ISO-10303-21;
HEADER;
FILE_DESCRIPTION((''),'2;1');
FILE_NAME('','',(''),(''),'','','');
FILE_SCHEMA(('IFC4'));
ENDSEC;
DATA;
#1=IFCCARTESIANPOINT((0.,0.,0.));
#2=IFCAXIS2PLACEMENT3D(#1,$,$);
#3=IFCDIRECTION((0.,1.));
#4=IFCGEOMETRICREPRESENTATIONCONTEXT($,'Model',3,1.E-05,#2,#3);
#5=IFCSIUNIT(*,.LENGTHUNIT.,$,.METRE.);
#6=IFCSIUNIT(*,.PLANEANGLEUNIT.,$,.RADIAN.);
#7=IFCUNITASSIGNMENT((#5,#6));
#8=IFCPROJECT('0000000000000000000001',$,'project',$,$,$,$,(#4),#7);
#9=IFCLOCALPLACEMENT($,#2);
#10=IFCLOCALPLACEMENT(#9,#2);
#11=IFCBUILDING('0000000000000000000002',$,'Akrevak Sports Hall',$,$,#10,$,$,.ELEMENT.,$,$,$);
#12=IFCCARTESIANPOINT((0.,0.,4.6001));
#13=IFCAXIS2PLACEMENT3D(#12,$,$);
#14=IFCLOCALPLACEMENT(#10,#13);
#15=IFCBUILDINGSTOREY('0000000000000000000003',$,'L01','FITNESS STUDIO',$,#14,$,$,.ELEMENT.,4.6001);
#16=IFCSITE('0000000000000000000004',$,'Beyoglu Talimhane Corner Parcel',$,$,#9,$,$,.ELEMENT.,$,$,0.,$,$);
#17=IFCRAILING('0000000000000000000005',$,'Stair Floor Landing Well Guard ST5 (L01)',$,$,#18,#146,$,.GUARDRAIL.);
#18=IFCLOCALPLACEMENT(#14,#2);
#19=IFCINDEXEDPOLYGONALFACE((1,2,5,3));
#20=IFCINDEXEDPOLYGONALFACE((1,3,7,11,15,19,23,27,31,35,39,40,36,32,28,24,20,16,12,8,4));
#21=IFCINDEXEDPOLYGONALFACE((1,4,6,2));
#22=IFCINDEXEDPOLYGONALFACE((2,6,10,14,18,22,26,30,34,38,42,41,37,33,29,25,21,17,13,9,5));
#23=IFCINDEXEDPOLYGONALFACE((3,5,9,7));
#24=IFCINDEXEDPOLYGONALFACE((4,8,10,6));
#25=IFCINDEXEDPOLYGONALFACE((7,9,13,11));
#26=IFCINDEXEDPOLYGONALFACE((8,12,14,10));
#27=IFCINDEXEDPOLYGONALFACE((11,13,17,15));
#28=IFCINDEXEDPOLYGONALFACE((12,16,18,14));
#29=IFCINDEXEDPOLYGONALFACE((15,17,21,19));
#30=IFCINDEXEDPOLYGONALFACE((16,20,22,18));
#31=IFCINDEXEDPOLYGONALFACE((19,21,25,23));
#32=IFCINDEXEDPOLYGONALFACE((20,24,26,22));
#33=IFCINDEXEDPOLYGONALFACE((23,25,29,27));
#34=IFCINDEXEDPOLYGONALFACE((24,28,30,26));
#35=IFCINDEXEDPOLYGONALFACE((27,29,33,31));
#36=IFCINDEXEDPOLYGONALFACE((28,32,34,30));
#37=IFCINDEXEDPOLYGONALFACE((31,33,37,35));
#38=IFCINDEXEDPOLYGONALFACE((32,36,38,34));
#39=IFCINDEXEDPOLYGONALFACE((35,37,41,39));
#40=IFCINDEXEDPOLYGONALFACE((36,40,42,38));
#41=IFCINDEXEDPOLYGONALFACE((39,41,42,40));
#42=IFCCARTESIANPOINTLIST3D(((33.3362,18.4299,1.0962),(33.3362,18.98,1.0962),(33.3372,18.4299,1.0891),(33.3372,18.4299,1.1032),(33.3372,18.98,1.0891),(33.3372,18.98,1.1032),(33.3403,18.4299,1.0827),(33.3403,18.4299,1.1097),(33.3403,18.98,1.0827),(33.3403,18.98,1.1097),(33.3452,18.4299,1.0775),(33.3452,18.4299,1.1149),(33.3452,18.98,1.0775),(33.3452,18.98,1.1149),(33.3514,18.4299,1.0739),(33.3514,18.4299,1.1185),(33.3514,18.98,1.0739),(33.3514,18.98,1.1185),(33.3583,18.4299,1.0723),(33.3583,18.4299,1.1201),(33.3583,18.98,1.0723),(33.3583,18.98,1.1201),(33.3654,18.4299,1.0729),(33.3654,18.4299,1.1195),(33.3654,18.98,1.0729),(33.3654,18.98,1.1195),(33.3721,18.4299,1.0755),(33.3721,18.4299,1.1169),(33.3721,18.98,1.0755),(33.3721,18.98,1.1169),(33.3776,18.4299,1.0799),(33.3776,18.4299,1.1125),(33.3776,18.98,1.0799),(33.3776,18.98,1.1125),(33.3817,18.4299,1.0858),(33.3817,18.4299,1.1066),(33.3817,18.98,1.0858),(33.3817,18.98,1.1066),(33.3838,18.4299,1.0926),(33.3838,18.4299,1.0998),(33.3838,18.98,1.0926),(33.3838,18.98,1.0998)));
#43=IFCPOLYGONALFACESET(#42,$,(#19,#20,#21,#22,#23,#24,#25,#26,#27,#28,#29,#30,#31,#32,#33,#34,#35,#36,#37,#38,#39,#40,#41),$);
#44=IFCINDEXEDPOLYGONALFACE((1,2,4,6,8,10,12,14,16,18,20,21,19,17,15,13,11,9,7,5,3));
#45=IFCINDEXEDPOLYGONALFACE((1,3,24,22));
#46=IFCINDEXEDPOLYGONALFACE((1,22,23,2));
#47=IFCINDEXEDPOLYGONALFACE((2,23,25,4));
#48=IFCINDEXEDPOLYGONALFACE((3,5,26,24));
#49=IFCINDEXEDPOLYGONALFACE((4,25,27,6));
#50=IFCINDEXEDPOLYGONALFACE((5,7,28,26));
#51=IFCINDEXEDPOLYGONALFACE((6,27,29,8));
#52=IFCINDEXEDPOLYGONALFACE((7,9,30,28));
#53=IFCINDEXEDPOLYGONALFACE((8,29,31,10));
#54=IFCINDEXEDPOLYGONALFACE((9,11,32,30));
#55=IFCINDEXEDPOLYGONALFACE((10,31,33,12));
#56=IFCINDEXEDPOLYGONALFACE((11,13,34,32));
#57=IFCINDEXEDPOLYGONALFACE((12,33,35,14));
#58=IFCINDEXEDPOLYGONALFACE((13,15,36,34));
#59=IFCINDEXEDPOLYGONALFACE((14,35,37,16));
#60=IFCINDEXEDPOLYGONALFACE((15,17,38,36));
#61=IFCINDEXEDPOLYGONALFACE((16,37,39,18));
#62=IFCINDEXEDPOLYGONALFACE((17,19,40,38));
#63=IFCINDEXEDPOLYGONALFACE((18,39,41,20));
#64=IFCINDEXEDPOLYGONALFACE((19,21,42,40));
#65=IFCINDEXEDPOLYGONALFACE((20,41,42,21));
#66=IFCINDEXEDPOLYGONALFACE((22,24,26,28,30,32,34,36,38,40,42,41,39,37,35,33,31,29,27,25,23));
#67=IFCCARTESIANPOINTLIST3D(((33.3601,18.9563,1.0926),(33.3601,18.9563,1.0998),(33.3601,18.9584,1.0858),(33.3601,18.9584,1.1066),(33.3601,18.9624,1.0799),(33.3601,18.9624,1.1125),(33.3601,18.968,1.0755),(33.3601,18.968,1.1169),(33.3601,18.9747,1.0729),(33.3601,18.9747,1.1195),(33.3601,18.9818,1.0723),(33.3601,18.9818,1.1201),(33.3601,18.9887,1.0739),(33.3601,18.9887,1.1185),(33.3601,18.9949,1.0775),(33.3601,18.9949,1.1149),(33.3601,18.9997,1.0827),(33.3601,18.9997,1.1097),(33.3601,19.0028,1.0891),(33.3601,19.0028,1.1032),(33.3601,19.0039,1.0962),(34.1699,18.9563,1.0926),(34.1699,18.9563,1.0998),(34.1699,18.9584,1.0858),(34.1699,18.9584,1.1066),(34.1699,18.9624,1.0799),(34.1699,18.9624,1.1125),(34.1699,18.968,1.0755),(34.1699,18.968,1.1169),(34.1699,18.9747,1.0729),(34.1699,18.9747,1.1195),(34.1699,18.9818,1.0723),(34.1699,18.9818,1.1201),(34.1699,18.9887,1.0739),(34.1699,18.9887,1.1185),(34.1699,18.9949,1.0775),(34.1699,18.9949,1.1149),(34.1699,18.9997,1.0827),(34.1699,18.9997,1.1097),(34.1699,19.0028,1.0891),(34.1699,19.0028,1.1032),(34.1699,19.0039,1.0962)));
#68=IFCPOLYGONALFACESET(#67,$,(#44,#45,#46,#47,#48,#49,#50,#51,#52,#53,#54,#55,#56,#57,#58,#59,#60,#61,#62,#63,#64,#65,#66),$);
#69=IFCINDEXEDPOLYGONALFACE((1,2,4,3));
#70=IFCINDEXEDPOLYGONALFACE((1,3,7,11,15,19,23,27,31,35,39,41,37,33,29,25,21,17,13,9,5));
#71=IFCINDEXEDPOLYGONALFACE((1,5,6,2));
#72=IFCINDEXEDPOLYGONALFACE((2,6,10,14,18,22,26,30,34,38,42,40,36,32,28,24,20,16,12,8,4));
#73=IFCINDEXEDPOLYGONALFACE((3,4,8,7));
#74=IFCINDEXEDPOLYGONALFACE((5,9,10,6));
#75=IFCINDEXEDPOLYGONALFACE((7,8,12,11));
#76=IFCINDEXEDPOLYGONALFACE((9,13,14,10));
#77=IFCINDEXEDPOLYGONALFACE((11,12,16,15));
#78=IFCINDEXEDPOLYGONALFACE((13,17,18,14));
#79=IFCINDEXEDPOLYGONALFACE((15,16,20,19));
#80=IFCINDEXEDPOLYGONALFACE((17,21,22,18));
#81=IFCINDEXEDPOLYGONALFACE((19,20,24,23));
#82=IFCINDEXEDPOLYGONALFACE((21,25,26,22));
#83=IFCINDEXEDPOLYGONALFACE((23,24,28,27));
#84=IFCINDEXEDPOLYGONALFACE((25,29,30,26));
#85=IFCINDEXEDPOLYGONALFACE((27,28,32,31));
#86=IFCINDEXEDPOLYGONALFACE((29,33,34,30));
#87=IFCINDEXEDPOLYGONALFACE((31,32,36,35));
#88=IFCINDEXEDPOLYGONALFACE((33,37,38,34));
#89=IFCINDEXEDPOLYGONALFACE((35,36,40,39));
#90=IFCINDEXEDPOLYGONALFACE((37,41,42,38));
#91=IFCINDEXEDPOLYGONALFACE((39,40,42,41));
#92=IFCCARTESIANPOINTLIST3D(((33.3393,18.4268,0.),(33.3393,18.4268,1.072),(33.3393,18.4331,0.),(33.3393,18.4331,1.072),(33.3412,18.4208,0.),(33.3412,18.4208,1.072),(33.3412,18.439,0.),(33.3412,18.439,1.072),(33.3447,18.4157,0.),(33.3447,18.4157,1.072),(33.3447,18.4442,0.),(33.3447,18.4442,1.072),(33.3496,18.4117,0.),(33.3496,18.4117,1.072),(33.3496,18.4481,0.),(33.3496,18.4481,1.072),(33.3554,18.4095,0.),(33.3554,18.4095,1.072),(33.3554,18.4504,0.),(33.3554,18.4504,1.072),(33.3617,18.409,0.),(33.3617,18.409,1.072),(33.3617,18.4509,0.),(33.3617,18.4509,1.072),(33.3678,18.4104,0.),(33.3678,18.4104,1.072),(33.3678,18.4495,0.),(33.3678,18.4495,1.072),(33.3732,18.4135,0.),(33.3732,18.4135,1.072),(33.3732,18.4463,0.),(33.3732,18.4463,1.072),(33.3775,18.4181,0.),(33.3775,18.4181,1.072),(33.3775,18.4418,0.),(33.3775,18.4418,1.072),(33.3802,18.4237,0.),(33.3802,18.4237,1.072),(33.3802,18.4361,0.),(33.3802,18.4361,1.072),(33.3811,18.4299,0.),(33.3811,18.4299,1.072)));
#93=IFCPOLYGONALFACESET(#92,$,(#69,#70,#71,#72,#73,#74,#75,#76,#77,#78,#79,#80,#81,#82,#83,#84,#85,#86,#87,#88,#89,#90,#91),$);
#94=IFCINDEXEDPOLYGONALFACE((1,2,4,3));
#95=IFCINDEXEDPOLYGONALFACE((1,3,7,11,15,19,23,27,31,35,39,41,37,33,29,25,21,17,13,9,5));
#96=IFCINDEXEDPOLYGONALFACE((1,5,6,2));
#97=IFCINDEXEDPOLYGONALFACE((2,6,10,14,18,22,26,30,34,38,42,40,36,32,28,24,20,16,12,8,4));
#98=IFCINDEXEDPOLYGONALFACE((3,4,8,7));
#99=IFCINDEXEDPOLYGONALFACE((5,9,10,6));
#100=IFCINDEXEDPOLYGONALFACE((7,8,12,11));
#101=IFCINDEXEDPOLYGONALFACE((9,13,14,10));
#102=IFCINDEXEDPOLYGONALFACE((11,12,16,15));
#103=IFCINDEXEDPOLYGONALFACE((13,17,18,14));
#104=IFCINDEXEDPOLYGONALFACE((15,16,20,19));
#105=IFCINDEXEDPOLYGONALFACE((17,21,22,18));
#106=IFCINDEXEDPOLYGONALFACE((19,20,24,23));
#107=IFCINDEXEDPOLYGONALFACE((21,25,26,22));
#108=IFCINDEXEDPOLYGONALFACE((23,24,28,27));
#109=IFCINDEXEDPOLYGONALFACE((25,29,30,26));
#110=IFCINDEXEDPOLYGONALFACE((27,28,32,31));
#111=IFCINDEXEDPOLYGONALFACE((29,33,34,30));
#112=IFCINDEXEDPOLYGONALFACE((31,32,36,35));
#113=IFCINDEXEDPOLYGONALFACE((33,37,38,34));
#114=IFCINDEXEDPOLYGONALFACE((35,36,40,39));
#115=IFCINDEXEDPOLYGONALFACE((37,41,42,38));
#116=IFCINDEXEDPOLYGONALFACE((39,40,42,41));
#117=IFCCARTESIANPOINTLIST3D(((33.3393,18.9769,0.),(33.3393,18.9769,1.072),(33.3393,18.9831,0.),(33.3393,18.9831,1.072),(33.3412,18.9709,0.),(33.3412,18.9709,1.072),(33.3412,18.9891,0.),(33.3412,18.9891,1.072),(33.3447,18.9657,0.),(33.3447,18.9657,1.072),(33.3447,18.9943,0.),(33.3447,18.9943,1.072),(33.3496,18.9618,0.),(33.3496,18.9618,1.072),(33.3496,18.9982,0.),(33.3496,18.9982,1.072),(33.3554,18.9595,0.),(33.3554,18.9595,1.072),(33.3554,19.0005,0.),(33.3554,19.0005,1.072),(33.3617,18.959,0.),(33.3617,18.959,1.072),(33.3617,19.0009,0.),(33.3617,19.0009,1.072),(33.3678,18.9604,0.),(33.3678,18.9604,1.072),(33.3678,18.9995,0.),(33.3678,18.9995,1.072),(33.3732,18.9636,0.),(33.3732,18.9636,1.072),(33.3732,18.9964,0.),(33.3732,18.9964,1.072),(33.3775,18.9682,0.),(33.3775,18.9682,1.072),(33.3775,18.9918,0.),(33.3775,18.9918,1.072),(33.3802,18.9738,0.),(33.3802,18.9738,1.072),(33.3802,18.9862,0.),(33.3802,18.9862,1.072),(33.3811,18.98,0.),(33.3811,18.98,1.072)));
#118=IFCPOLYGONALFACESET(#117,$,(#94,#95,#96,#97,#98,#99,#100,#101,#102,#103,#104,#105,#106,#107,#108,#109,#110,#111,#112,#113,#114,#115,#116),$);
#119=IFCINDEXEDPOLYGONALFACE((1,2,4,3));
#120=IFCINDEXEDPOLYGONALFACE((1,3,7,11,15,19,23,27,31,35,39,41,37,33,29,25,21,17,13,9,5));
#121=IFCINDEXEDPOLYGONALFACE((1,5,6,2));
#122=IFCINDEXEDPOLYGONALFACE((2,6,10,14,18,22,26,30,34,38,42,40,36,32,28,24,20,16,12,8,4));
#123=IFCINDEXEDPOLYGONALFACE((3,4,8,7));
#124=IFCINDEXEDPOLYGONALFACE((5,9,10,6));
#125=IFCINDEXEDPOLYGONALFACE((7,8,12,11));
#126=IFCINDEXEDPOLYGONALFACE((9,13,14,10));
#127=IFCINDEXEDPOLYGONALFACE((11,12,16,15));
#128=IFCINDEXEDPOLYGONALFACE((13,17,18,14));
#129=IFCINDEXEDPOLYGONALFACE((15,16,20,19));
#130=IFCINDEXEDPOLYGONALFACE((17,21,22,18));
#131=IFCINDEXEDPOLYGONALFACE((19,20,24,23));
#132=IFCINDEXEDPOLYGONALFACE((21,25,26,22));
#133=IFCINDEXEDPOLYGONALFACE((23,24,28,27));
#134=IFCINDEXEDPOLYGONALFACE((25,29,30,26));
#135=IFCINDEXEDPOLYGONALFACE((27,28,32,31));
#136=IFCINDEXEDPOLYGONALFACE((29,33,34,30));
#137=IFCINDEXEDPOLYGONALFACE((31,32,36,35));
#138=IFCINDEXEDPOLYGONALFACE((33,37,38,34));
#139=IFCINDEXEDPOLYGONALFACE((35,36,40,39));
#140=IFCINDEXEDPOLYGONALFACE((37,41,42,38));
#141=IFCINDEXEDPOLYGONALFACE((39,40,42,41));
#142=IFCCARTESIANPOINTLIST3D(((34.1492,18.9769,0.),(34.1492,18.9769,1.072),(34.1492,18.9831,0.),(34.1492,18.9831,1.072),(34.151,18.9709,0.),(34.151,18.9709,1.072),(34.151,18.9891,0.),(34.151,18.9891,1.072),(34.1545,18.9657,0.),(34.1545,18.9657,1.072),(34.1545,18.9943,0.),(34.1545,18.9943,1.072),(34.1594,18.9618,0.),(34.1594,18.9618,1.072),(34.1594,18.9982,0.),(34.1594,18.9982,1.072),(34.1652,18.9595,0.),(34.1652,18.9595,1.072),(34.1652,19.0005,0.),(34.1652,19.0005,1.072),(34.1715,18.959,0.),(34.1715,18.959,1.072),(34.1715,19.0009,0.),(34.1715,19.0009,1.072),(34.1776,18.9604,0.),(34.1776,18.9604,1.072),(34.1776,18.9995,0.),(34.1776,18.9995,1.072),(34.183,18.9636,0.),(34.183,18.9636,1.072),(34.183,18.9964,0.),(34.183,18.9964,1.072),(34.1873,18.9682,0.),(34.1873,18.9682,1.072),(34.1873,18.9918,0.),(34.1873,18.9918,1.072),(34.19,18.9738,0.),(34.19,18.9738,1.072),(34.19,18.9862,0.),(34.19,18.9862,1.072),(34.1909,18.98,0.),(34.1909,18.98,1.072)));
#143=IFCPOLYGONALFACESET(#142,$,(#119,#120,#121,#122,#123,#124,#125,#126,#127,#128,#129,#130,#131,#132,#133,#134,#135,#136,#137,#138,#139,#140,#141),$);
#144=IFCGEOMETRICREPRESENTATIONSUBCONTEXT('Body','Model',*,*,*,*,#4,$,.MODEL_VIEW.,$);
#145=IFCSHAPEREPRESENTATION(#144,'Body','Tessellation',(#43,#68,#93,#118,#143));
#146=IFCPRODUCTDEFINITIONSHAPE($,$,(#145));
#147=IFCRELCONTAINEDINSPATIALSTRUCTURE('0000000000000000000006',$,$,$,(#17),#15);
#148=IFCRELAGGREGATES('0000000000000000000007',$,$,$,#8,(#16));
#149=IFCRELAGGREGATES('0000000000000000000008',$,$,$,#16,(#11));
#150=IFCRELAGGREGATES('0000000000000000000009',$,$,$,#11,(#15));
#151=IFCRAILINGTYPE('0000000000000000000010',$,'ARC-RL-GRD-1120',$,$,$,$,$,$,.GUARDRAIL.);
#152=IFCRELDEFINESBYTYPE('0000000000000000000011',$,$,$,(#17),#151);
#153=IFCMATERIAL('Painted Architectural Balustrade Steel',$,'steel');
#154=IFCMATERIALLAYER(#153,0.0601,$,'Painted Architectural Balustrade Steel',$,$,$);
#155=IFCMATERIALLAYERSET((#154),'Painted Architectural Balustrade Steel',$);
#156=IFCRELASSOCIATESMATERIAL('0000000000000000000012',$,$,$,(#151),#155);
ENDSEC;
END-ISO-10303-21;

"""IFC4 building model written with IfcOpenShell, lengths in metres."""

from ifc_helpers import new_model, si_unit, direction, frame, origin, origin_2d, place, context, subcontext, project, spatial, circle, extrude, material, layer, layer_set, type_object, element, save


model = new_model("IFC4")

# Units and contexts
model_context = context("Model", 3, precision=1e-05, world=origin(), true_north=direction((0.0, 1.0)))
body_context = subcontext(model_context, "Body", "Model", "MODEL_VIEW")
ifc_project = project(units=[si_unit("LENGTHUNIT", "METRE"), si_unit("PLANEANGLEUNIT", "RADIAN")], contexts=[model_context])

# Site, building, storey
site_placement = place(None, origin())
site = spatial("IfcSite", under=ifc_project, at=site_placement, Name="Beyoglu Talimhane Corner Parcel", CompositionType="ELEMENT", RefElevation=0.0)
building_placement = place(site_placement, origin())
building = spatial("IfcBuilding", under=site, at=building_placement, Name="Akrevak Sports Hall", CompositionType="ELEMENT")
storey_placement = place(building_placement, frame((0.0, 0.0, 4.6001)))
storey = spatial("IfcBuildingStorey", under=building, at=storey_placement, Name="L01", Description="FITNESS STUDIO", CompositionType="ELEMENT", Elevation=4.6001)

# Railing
ifc_material_1 = material(Name="Painted Architectural Balustrade Steel", Category="steel")
ifc_layer_1 = layer(ifc_material_1, 0.0601, Name="Painted Architectural Balustrade Steel")
ifc_layer_set_1 = layer_set([ifc_layer_1], Name="Painted Architectural Balustrade Steel")
railing_type_1 = type_object("IfcRailingType", Name="ARC-RL-GRD-1120", PredefinedType="GUARDRAIL", material=ifc_layer_set_1)
railing_1_placement = place(storey_placement, frame((33.3601, 18.4299, 0.0)))
element("IfcRailing", 1, at=railing_1_placement, inside=storey, type_object=railing_type_1, Name="Stair Floor Landing Well Guard ST5 (L01)", PredefinedType="GUARDRAIL", context=body_context, shape_type="SweptSolid", body=[
    extrude(circle(Radius=0.0239, at=origin_2d()), frame((0.0, 0.0, 1.0962), z_axis=(0.0, 1.0, 0.0), x_axis=(-1.0, 0.0, 0.0)), (0.0, 0.0, 1.0), 0.55),
    extrude(circle(Radius=0.0239, at=origin_2d()), frame((0.0, 0.55, 1.0962), z_axis=(1.0, 0.0, 0.0), x_axis=(0.0, 1.0, 0.0)), (0.0, 0.0, 1.0), 0.8098),
    extrude(circle(Radius=0.021, at=origin_2d()), origin(), (0.0, 0.0, 1.0), 1.072),
    extrude(circle(Radius=0.021, at=origin_2d()), frame((0.0, 0.55, 0.0)), (0.0, 0.0, 1.0), 1.072),
    extrude(circle(Radius=0.021, at=origin_2d()), frame((0.8098, 0.55, 0.0)), (0.0, 0.0, 1.0), 1.072),
])

save(model, "model.ifc")
